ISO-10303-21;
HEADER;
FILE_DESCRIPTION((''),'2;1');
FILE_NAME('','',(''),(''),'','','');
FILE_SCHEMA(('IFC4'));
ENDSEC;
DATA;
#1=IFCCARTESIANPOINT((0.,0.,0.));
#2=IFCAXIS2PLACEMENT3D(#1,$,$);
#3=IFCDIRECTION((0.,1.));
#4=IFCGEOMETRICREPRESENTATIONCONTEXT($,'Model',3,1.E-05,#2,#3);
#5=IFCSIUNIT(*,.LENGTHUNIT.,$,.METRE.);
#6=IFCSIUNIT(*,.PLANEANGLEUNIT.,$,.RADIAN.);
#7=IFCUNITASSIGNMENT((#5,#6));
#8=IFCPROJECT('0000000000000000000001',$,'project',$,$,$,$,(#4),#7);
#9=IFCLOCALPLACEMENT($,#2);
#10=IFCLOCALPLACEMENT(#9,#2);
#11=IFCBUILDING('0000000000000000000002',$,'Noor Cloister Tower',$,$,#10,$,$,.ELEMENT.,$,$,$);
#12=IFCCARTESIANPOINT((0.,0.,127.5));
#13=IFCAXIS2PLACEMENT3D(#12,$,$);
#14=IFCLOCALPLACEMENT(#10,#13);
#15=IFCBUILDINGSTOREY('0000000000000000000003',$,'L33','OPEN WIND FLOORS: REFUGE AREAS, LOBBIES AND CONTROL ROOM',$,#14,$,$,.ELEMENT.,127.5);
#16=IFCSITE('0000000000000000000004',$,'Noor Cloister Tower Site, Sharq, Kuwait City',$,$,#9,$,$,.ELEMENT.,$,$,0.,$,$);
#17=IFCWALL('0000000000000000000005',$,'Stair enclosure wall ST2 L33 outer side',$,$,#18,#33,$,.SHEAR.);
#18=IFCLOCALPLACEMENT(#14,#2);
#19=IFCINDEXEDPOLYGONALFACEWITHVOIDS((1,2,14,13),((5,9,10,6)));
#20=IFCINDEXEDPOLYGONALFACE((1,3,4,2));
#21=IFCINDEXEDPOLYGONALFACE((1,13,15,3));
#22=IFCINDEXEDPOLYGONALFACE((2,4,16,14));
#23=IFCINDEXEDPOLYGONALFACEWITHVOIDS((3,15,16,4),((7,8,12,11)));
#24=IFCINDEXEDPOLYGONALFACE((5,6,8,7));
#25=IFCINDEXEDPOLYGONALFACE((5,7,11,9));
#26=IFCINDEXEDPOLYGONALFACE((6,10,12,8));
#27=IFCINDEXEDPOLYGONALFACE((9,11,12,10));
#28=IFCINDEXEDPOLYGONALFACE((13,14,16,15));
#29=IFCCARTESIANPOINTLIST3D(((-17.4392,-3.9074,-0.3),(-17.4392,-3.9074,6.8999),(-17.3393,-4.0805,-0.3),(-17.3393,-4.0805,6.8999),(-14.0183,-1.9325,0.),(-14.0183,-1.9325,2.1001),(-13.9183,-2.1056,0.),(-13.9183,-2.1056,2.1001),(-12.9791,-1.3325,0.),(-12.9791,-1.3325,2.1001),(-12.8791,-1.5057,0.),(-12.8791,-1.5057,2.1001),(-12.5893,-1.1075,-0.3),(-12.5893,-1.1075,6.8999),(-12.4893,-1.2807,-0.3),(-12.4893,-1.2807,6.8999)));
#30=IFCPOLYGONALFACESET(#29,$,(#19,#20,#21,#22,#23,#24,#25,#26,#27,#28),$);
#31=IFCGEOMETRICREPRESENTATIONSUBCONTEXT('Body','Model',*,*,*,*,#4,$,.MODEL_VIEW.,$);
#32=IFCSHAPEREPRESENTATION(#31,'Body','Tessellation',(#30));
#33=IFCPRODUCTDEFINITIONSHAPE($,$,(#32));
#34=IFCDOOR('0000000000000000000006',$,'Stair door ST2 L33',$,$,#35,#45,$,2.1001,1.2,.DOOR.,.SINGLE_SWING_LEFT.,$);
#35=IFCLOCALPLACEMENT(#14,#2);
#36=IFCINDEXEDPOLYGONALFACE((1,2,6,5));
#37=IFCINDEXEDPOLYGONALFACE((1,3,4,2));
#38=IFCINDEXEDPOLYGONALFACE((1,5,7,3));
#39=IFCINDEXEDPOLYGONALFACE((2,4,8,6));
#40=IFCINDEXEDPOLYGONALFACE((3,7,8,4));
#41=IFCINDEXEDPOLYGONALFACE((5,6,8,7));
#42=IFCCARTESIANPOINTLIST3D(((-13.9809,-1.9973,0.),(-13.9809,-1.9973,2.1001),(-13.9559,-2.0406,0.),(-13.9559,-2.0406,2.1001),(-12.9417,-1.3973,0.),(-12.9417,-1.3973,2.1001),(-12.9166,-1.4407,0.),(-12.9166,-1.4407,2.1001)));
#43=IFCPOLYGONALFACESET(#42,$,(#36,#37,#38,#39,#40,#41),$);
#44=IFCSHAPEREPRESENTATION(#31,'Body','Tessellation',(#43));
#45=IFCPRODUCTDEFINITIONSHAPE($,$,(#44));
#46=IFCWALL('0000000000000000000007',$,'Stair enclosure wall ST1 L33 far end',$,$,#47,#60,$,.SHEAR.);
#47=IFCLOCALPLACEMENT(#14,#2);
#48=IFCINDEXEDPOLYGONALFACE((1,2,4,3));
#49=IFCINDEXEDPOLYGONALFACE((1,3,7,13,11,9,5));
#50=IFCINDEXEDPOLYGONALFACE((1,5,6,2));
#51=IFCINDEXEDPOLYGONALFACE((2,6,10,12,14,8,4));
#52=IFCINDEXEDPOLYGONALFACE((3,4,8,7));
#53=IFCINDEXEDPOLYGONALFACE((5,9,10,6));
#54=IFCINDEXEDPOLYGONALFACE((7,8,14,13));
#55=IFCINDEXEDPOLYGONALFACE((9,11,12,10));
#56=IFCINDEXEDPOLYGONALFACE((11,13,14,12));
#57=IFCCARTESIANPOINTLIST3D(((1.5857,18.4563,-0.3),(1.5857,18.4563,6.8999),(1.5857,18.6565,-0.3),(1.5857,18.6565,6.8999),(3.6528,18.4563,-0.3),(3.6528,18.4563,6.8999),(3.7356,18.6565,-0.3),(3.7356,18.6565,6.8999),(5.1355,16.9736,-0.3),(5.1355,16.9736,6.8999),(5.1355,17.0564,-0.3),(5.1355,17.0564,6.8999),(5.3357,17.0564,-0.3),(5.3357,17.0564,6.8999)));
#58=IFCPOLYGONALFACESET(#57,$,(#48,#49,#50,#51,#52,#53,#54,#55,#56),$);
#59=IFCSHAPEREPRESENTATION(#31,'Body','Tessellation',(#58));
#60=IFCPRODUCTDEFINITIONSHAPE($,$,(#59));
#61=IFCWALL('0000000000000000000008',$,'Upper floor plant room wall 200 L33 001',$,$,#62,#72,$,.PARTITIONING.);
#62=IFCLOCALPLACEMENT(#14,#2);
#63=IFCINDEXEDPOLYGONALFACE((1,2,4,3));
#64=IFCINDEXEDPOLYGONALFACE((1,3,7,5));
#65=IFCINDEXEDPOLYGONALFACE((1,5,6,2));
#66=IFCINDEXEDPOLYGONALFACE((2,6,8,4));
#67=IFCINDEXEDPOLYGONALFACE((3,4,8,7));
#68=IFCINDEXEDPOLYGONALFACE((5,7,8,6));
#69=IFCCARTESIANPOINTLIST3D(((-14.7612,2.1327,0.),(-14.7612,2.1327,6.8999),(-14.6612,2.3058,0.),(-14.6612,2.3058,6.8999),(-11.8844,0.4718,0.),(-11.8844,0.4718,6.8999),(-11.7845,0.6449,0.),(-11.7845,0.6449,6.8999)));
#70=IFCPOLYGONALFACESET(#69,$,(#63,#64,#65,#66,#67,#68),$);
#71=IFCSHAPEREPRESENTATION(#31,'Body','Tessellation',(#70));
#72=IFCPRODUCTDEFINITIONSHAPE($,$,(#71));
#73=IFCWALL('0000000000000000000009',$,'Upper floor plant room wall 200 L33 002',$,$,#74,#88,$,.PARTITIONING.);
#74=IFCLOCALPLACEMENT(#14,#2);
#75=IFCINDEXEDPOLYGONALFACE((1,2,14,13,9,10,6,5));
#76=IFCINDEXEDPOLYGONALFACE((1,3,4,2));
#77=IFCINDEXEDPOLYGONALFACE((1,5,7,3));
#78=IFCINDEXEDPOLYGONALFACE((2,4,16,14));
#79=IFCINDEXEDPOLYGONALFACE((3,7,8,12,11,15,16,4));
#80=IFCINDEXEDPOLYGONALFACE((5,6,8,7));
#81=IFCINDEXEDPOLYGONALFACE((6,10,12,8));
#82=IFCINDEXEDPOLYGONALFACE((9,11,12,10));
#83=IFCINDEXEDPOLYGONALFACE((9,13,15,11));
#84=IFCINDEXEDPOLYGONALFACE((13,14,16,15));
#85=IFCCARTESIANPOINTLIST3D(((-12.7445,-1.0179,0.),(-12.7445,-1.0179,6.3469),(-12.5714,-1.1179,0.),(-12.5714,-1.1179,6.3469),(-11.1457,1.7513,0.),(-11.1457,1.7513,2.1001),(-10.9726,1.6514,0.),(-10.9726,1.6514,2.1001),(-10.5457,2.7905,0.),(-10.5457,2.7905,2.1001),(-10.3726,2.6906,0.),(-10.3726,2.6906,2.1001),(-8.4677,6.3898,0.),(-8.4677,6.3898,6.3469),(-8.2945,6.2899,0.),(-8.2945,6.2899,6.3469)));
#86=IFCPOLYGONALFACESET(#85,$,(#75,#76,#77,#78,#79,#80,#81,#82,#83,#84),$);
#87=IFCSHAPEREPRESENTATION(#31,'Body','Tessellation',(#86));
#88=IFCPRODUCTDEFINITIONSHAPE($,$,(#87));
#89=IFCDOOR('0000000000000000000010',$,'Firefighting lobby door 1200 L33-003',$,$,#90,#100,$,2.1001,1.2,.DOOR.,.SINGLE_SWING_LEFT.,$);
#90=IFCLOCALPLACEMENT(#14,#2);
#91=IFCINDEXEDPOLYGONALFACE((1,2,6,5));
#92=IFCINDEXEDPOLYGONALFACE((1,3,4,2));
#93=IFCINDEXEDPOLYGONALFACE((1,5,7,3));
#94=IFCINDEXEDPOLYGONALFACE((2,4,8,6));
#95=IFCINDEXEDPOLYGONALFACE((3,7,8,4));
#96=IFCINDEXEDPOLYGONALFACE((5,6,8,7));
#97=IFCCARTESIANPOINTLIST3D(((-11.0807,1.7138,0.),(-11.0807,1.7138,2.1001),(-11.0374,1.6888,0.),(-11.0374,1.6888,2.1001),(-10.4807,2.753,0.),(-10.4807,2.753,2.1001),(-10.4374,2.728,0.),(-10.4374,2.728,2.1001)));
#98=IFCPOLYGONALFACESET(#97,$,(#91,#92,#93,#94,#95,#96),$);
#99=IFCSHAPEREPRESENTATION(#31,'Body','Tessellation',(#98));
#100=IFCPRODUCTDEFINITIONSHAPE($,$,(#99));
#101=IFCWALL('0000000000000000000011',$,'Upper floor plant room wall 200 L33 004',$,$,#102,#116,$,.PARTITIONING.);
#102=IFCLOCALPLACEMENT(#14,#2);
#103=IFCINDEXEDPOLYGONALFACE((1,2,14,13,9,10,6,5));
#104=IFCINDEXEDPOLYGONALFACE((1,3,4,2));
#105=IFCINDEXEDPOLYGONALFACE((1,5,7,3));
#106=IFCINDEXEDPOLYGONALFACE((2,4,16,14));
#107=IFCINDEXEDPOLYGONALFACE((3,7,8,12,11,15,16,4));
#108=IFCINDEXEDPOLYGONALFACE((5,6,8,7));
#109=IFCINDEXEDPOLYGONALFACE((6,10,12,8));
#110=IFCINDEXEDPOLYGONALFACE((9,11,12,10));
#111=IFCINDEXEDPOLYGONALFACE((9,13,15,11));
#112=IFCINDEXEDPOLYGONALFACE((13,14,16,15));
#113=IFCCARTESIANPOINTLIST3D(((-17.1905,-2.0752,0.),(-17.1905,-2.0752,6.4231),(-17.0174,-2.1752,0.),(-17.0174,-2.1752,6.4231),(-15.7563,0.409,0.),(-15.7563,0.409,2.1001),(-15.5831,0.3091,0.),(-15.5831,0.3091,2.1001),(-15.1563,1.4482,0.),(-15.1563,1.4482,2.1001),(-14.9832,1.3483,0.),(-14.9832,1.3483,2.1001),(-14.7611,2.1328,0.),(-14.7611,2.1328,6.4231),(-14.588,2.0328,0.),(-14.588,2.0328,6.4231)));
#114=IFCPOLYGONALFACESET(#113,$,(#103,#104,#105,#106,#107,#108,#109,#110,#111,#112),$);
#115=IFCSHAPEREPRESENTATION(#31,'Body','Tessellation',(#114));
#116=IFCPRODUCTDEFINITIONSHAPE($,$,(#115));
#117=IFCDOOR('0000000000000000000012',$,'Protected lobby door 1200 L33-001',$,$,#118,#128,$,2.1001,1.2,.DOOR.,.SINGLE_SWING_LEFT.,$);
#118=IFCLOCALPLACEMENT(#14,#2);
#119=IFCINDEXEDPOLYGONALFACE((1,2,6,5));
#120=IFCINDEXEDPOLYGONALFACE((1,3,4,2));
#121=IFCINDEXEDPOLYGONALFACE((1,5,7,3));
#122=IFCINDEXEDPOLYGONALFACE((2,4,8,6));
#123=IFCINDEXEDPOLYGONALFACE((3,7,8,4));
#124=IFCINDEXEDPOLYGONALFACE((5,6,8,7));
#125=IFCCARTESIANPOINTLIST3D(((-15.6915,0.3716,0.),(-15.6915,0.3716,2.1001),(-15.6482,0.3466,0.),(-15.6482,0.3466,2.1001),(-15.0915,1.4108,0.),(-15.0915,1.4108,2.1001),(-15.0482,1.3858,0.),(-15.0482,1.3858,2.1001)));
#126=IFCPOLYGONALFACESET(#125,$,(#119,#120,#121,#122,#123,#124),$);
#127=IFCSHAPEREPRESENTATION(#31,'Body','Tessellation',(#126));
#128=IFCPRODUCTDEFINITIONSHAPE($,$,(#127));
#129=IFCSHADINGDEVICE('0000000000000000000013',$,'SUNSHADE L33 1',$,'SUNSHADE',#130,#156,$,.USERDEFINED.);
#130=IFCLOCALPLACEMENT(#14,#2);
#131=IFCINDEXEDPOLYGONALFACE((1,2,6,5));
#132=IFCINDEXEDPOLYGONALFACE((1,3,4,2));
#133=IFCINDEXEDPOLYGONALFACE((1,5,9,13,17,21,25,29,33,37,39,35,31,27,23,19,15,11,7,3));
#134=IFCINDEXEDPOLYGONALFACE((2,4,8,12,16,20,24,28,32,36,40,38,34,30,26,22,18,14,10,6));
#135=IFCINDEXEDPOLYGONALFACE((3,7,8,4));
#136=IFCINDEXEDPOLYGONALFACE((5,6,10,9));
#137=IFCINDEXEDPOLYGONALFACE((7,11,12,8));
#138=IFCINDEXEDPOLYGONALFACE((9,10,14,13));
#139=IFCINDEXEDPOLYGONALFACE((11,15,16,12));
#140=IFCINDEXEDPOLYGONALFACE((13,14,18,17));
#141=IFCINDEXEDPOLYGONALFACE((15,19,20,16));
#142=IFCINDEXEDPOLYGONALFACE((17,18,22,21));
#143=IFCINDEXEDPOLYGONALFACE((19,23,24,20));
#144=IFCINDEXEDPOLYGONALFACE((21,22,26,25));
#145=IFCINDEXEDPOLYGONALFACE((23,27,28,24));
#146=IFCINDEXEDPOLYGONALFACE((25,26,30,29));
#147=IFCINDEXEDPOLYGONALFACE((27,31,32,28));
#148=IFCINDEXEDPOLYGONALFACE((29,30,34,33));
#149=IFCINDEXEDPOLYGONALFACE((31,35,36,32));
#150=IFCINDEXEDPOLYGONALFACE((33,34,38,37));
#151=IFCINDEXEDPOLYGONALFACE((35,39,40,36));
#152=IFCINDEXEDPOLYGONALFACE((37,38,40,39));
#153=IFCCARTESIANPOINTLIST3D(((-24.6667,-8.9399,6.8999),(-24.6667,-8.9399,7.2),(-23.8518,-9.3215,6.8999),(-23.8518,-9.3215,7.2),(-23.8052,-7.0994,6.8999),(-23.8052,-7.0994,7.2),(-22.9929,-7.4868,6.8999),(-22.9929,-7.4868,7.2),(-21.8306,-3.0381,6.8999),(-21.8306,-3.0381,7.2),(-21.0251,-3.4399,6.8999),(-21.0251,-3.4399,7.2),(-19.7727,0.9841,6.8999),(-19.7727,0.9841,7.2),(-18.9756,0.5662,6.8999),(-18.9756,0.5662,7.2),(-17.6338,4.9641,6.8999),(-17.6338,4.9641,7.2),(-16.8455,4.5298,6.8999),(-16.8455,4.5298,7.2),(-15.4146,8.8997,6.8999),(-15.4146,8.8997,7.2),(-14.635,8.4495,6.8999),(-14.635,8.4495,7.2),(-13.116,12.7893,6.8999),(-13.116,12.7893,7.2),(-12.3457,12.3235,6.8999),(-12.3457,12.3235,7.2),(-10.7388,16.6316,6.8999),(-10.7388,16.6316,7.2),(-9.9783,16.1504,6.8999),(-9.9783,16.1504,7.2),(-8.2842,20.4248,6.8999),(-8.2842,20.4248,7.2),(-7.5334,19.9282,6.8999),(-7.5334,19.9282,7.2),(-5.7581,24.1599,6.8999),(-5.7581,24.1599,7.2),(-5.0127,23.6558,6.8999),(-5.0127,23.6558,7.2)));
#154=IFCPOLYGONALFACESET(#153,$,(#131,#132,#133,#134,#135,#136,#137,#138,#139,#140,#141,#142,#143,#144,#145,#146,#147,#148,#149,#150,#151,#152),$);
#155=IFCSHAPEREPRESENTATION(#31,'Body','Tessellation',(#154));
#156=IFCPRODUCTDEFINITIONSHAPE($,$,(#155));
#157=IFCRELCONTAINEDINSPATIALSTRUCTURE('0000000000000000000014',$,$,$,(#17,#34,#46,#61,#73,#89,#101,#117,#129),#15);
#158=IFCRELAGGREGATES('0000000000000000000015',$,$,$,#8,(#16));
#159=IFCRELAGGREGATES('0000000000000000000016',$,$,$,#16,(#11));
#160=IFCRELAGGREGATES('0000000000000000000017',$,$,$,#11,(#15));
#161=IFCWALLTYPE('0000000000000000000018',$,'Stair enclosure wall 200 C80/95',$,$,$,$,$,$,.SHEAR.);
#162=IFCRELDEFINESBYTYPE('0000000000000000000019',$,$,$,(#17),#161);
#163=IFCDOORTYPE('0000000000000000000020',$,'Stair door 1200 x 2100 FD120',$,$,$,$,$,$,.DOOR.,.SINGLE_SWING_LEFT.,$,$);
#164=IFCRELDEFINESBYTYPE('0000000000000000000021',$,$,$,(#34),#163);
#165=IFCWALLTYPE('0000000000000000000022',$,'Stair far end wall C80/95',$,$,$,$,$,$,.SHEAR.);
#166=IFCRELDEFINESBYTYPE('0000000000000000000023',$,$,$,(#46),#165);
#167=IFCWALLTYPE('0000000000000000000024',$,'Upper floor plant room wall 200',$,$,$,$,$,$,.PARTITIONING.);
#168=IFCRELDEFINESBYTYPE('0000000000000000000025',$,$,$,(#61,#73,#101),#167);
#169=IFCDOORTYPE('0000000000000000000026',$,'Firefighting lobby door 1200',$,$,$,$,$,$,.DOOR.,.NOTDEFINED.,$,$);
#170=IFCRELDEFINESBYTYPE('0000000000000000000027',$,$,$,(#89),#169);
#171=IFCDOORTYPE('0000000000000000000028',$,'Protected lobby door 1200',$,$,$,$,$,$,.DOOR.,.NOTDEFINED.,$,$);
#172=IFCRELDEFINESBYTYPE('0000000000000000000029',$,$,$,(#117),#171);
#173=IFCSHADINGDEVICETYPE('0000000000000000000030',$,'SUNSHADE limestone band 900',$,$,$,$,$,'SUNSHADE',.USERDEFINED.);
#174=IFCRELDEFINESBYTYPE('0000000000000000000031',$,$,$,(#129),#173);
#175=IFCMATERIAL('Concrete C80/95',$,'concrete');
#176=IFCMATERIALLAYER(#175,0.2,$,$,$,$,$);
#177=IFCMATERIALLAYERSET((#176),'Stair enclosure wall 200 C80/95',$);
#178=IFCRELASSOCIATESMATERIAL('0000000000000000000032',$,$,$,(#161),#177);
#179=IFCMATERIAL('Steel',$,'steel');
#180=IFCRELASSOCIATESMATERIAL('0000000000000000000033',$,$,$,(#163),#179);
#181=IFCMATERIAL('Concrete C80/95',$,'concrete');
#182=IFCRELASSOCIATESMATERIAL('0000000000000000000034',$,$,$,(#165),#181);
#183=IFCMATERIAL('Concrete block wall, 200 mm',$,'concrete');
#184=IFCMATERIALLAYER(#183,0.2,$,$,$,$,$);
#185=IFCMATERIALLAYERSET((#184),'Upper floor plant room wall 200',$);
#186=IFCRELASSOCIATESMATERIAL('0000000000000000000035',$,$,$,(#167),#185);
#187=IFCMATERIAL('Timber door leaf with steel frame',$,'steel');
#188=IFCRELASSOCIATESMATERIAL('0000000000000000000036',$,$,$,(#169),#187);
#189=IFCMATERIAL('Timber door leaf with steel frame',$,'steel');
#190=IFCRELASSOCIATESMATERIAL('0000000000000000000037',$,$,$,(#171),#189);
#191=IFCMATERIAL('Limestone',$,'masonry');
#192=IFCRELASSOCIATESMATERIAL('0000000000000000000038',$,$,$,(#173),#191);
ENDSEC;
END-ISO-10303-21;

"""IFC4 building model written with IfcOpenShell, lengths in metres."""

from ifc_helpers import new_model, si_unit, direction, frame, frame_2d, origin, place, context, subcontext, project, spatial, polyline, rectangle, outline, extrude, material, layer, layer_set, type_object, element, fill, save


model = new_model("IFC4")

# Units and contexts
model_context = context("Model", 3, precision=1e-05, world=origin(), true_north=direction((0.0, 1.0)))
body_context = subcontext(model_context, "Body", "Model", "MODEL_VIEW")
ifc_project = project(units=[si_unit("LENGTHUNIT", "METRE"), si_unit("PLANEANGLEUNIT", "RADIAN")], contexts=[model_context])

# Site, building, storey
site_placement = place(None, origin())
site = spatial("IfcSite", under=ifc_project, at=site_placement, Name="Noor Cloister Tower Site, Sharq, Kuwait City", CompositionType="ELEMENT", RefElevation=0.0)
building_placement = place(site_placement, origin())
building = spatial("IfcBuilding", under=site, at=building_placement, Name="Noor Cloister Tower", CompositionType="ELEMENT")
storey_placement = place(building_placement, frame((0.0, 0.0, 127.5)))
storey = spatial("IfcBuildingStorey", under=building, at=storey_placement, Name="L33", Description="OPEN WIND FLOORS: REFUGE AREAS, LOBBIES AND CONTROL ROOM", CompositionType="ELEMENT", Elevation=127.5)

# Wall, opening, door
ifc_material_1 = material(Name="Concrete C80/95", Category="concrete")
ifc_layer_1 = layer(ifc_material_1, 0.2)
ifc_layer_set_1 = layer_set([ifc_layer_1], Name="Stair enclosure wall 200 C80/95")
wall_type_1 = type_object("IfcWallType", Name="Stair enclosure wall 200 C80/95", PredefinedType="SHEAR", material=ifc_layer_set_1)
wall_1_placement = place(storey_placement, frame((-12.5393, -1.1941, -0.3), z_axis=(0.0, 0.0, 1.0), x_axis=(-0.866045, -0.499965, 0.0)))
wall_1 = element("IfcWall", 1, at=wall_1_placement, inside=storey, type_object=wall_type_1, Name="Stair enclosure wall ST2 L33 outer side", PredefinedType="SHEAR", context=body_context, shape_type="SweptSolid", body=[
    extrude(rectangle(XDim=5.6001, YDim=0.2, at=frame_2d((2.8, 0.0))), origin(), (0.0, 0.0, 1.0), 7.2),
])
opening_1_placement = place(wall_1_placement, frame((0.45, 0.0, 0.3)))
opening_1 = element("IfcOpeningElement", 2, at=opening_1_placement, cuts=wall_1, PredefinedType="OPENING", context=body_context, shape_type="SweptSolid", body=[
    extrude(rectangle(XDim=1.2, YDim=2.1001, at=frame_2d((0.6001, 1.05))), frame((0.0, 0.1099, 0.0), z_axis=(0.0, -1.0, 0.0), x_axis=(1.0, 0.0, 0.0)), (0.0, 0.0, 1.0), 0.22),
])
ifc_material_2 = material(Name="Steel", Category="steel")
door_type_1 = type_object("IfcDoorType", Name="Stair door 1200 x 2100 FD120", OperationType="SINGLE_SWING_LEFT", PredefinedType="DOOR", material=ifc_material_2)
door_1_placement = place(opening_1_placement, origin())
door_1 = element("IfcDoor", 3, at=door_1_placement, inside=storey, type_object=door_type_1, Name="Stair door ST2 L33", OperationType="SINGLE_SWING_LEFT", OverallHeight=2.1001, OverallWidth=1.2, PredefinedType="DOOR", context=body_context, shape_type="SweptSolid", body=[
    extrude(rectangle(XDim=1.2, YDim=2.1001, at=frame_2d((0.6001, 1.05))), frame((0.0, 0.0249, 0.0), z_axis=(0.0, -1.0, 0.0), x_axis=(1.0, 0.0, 0.0)), (0.0, 0.0, 1.0), 0.05),
])
fill(opening_1, door_1)

# Walls
ifc_material_3 = material(Name="Concrete C80/95", Category="concrete")
wall_type_2 = type_object("IfcWallType", Name="Stair far end wall C80/95", PredefinedType="SHEAR", material=ifc_material_3)
wall_2_placement = place(storey_placement, frame((0.0, 0.0, -0.3)))
element("IfcWall", 4, at=wall_2_placement, inside=storey, type_object=wall_type_2, Name="Stair enclosure wall ST1 L33 far end", PredefinedType="SHEAR", context=body_context, shape_type="SweptSolid", body=[
    extrude(outline(polyline([(5.3357, 17.0564), (3.7356, 18.6565), (1.5857, 18.6565), (1.5857, 18.4563), (3.6528, 18.4563), (5.1355, 16.9736), (5.1355, 17.0564), (5.1355, 17.0564), (5.1355, 17.0564), (5.1355, 17.0564), (5.1355, 17.0564), (5.1355, 17.0564), (5.1355, 17.0564), (5.1355, 17.0564), (5.1355, 17.0564), (5.1355, 17.0564), (5.1355, 17.0564), (5.1355, 17.0564), (5.1355, 17.0564), (5.1355, 17.0564), (5.1355, 17.0564), (5.1355, 17.0564), (5.1355, 17.0564), (5.3357, 17.0564)])), origin(), (0.0, 0.0, 1.0), 7.2),
])
ifc_material_4 = material(Name="Concrete block wall, 200 mm", Category="concrete")
ifc_layer_2 = layer(ifc_material_4, 0.2)
ifc_layer_set_2 = layer_set([ifc_layer_2], Name="Upper floor plant room wall 200")
wall_type_3 = type_object("IfcWallType", Name="Upper floor plant room wall 200", PredefinedType="PARTITIONING", material=ifc_layer_set_2)
wall_3_placement = place(storey_placement, frame((-14.7112, 2.2192, 0.0), z_axis=(0.0, 0.0, 1.0), x_axis=(0.866023, -0.500005, 0.0)))
element("IfcWall", 5, at=wall_3_placement, inside=storey, type_object=wall_type_3, Name="Upper floor plant room wall 200 L33 001", PredefinedType="PARTITIONING", context=body_context, shape_type="SweptSolid", body=[
    extrude(rectangle(XDim=3.3218, YDim=0.2, at=frame_2d((1.6609, 0.0))), origin(), (0.0, 0.0, 1.0), 6.8999),
])

# Walls, openings, doors
wall_4_placement = place(storey_placement, frame((-12.658, -1.0679, 0.0), z_axis=(0.0, 0.0, 1.0), x_axis=(0.500001, 0.866025, 0.0)))
wall_4 = element("IfcWall", 6, at=wall_4_placement, inside=storey, type_object=wall_type_3, Name="Upper floor plant room wall 200 L33 002", PredefinedType="PARTITIONING", context=body_context, shape_type="SweptSolid", body=[
    extrude(rectangle(XDim=8.5537, YDim=0.2, at=frame_2d((4.2769, 0.0))), origin(), (0.0, 0.0, 1.0), 6.3469),
])
opening_2_placement = place(wall_4_placement, frame((3.1975, 0.0, 0.0)))
opening_2 = element("IfcOpeningElement", 7, at=opening_2_placement, cuts=wall_4, PredefinedType="OPENING", context=body_context, shape_type="SweptSolid", body=[
    extrude(rectangle(XDim=1.2, YDim=2.1001, at=frame_2d((0.6001, 1.05))), frame((0.0, 0.1099, 0.0), z_axis=(0.0, -1.0, 0.0), x_axis=(1.0, 0.0, 0.0)), (0.0, 0.0, 1.0), 0.22),
])
ifc_material_5 = material(Name="Timber door leaf with steel frame", Category="steel")
door_type_2 = type_object("IfcDoorType", Name="Firefighting lobby door 1200", OperationType="NOTDEFINED", PredefinedType="DOOR", material=ifc_material_5)
door_2_placement = place(opening_2_placement, origin())
door_2 = element("IfcDoor", 8, at=door_2_placement, inside=storey, type_object=door_type_2, Name="Firefighting lobby door 1200 L33-003", OperationType="SINGLE_SWING_LEFT", OverallHeight=2.1001, OverallWidth=1.2, PredefinedType="DOOR", context=body_context, shape_type="SweptSolid", body=[
    extrude(rectangle(XDim=1.2, YDim=2.1001, at=frame_2d((0.6001, 1.05))), frame((0.0, 0.0249, 0.0), z_axis=(0.0, -1.0, 0.0), x_axis=(1.0, 0.0, 0.0)), (0.0, 0.0, 1.0), 0.05),
])
fill(opening_2, door_2)
wall_5_placement = place(storey_placement, frame((-14.6746, 2.0828, 0.0), z_axis=(0.0, 0.0, 1.0), x_axis=(-0.499992, -0.86603, 0.0)))
wall_5 = element("IfcWall", 9, at=wall_5_placement, inside=storey, type_object=wall_type_3, Name="Upper floor plant room wall 200 L33 004", PredefinedType="PARTITIONING", context=body_context, shape_type="SweptSolid", body=[
    extrude(rectangle(XDim=4.8589, YDim=0.2, at=frame_2d((2.4294, 0.0))), origin(), (0.0, 0.0, 1.0), 6.4231),
])
opening_3_placement = place(wall_5_placement, frame((0.7903, 0.0, 0.0)))
opening_3 = element("IfcOpeningElement", 10, at=opening_3_placement, cuts=wall_5, PredefinedType="OPENING", context=body_context, shape_type="SweptSolid", body=[
    extrude(rectangle(XDim=1.2, YDim=2.1001, at=frame_2d((0.6001, 1.05))), frame((0.0, 0.1099, 0.0), z_axis=(0.0, -1.0, 0.0), x_axis=(1.0, 0.0, 0.0)), (0.0, 0.0, 1.0), 0.22),
])
ifc_material_6 = material(Name="Timber door leaf with steel frame", Category="steel")
door_type_3 = type_object("IfcDoorType", Name="Protected lobby door 1200", OperationType="NOTDEFINED", PredefinedType="DOOR", material=ifc_material_6)
door_3_placement = place(opening_3_placement, origin())
door_3 = element("IfcDoor", 11, at=door_3_placement, inside=storey, type_object=door_type_3, Name="Protected lobby door 1200 L33-001", OperationType="SINGLE_SWING_LEFT", OverallHeight=2.1001, OverallWidth=1.2, PredefinedType="DOOR", context=body_context, shape_type="SweptSolid", body=[
    extrude(rectangle(XDim=1.2, YDim=2.1001, at=frame_2d((0.6001, 1.05))), frame((0.0, 0.0249, 0.0), z_axis=(0.0, -1.0, 0.0), x_axis=(1.0, 0.0, 0.0)), (0.0, 0.0, 1.0), 0.05),
])
fill(opening_3, door_3)

# Shading device
ifc_material_7 = material(Name="Limestone", Category="masonry")
shading_device_type = type_object("IfcShadingDeviceType", Name="SUNSHADE limestone band 900", ElementType="SUNSHADE", PredefinedType="USERDEFINED", material=ifc_material_7)
shading_device_1_placement = place(storey_placement, frame((0.0, 0.0, 6.8999)))
element("IfcShadingDevice", 12, at=shading_device_1_placement, inside=storey, type_object=shading_device_type, Name="SUNSHADE L33 1", ObjectType="SUNSHADE", PredefinedType="USERDEFINED", context=body_context, shape_type="SweptSolid", body=[
    extrude(outline(polyline([(-5.7581, 24.1599), (-8.2842, 20.4248), (-10.7388, 16.6316), (-13.116, 12.7893), (-15.4146, 8.8997), (-17.6338, 4.9641), (-19.7727, 0.9841), (-21.8306, -3.0381), (-23.8052, -7.0994), (-24.6667, -8.9399), (-23.8518, -9.3215), (-22.9929, -7.4868), (-21.0251, -3.4399), (-18.9756, 0.5662), (-16.8455, 4.5298), (-14.635, 8.4495), (-12.3457, 12.3235), (-9.9783, 16.1504), (-7.5334, 19.9282), (-5.0127, 23.6558), (-5.7581, 24.1599)])), origin(), (0.0, 0.0, 1.0), 0.3),
])

save(model, "model.ifc")
